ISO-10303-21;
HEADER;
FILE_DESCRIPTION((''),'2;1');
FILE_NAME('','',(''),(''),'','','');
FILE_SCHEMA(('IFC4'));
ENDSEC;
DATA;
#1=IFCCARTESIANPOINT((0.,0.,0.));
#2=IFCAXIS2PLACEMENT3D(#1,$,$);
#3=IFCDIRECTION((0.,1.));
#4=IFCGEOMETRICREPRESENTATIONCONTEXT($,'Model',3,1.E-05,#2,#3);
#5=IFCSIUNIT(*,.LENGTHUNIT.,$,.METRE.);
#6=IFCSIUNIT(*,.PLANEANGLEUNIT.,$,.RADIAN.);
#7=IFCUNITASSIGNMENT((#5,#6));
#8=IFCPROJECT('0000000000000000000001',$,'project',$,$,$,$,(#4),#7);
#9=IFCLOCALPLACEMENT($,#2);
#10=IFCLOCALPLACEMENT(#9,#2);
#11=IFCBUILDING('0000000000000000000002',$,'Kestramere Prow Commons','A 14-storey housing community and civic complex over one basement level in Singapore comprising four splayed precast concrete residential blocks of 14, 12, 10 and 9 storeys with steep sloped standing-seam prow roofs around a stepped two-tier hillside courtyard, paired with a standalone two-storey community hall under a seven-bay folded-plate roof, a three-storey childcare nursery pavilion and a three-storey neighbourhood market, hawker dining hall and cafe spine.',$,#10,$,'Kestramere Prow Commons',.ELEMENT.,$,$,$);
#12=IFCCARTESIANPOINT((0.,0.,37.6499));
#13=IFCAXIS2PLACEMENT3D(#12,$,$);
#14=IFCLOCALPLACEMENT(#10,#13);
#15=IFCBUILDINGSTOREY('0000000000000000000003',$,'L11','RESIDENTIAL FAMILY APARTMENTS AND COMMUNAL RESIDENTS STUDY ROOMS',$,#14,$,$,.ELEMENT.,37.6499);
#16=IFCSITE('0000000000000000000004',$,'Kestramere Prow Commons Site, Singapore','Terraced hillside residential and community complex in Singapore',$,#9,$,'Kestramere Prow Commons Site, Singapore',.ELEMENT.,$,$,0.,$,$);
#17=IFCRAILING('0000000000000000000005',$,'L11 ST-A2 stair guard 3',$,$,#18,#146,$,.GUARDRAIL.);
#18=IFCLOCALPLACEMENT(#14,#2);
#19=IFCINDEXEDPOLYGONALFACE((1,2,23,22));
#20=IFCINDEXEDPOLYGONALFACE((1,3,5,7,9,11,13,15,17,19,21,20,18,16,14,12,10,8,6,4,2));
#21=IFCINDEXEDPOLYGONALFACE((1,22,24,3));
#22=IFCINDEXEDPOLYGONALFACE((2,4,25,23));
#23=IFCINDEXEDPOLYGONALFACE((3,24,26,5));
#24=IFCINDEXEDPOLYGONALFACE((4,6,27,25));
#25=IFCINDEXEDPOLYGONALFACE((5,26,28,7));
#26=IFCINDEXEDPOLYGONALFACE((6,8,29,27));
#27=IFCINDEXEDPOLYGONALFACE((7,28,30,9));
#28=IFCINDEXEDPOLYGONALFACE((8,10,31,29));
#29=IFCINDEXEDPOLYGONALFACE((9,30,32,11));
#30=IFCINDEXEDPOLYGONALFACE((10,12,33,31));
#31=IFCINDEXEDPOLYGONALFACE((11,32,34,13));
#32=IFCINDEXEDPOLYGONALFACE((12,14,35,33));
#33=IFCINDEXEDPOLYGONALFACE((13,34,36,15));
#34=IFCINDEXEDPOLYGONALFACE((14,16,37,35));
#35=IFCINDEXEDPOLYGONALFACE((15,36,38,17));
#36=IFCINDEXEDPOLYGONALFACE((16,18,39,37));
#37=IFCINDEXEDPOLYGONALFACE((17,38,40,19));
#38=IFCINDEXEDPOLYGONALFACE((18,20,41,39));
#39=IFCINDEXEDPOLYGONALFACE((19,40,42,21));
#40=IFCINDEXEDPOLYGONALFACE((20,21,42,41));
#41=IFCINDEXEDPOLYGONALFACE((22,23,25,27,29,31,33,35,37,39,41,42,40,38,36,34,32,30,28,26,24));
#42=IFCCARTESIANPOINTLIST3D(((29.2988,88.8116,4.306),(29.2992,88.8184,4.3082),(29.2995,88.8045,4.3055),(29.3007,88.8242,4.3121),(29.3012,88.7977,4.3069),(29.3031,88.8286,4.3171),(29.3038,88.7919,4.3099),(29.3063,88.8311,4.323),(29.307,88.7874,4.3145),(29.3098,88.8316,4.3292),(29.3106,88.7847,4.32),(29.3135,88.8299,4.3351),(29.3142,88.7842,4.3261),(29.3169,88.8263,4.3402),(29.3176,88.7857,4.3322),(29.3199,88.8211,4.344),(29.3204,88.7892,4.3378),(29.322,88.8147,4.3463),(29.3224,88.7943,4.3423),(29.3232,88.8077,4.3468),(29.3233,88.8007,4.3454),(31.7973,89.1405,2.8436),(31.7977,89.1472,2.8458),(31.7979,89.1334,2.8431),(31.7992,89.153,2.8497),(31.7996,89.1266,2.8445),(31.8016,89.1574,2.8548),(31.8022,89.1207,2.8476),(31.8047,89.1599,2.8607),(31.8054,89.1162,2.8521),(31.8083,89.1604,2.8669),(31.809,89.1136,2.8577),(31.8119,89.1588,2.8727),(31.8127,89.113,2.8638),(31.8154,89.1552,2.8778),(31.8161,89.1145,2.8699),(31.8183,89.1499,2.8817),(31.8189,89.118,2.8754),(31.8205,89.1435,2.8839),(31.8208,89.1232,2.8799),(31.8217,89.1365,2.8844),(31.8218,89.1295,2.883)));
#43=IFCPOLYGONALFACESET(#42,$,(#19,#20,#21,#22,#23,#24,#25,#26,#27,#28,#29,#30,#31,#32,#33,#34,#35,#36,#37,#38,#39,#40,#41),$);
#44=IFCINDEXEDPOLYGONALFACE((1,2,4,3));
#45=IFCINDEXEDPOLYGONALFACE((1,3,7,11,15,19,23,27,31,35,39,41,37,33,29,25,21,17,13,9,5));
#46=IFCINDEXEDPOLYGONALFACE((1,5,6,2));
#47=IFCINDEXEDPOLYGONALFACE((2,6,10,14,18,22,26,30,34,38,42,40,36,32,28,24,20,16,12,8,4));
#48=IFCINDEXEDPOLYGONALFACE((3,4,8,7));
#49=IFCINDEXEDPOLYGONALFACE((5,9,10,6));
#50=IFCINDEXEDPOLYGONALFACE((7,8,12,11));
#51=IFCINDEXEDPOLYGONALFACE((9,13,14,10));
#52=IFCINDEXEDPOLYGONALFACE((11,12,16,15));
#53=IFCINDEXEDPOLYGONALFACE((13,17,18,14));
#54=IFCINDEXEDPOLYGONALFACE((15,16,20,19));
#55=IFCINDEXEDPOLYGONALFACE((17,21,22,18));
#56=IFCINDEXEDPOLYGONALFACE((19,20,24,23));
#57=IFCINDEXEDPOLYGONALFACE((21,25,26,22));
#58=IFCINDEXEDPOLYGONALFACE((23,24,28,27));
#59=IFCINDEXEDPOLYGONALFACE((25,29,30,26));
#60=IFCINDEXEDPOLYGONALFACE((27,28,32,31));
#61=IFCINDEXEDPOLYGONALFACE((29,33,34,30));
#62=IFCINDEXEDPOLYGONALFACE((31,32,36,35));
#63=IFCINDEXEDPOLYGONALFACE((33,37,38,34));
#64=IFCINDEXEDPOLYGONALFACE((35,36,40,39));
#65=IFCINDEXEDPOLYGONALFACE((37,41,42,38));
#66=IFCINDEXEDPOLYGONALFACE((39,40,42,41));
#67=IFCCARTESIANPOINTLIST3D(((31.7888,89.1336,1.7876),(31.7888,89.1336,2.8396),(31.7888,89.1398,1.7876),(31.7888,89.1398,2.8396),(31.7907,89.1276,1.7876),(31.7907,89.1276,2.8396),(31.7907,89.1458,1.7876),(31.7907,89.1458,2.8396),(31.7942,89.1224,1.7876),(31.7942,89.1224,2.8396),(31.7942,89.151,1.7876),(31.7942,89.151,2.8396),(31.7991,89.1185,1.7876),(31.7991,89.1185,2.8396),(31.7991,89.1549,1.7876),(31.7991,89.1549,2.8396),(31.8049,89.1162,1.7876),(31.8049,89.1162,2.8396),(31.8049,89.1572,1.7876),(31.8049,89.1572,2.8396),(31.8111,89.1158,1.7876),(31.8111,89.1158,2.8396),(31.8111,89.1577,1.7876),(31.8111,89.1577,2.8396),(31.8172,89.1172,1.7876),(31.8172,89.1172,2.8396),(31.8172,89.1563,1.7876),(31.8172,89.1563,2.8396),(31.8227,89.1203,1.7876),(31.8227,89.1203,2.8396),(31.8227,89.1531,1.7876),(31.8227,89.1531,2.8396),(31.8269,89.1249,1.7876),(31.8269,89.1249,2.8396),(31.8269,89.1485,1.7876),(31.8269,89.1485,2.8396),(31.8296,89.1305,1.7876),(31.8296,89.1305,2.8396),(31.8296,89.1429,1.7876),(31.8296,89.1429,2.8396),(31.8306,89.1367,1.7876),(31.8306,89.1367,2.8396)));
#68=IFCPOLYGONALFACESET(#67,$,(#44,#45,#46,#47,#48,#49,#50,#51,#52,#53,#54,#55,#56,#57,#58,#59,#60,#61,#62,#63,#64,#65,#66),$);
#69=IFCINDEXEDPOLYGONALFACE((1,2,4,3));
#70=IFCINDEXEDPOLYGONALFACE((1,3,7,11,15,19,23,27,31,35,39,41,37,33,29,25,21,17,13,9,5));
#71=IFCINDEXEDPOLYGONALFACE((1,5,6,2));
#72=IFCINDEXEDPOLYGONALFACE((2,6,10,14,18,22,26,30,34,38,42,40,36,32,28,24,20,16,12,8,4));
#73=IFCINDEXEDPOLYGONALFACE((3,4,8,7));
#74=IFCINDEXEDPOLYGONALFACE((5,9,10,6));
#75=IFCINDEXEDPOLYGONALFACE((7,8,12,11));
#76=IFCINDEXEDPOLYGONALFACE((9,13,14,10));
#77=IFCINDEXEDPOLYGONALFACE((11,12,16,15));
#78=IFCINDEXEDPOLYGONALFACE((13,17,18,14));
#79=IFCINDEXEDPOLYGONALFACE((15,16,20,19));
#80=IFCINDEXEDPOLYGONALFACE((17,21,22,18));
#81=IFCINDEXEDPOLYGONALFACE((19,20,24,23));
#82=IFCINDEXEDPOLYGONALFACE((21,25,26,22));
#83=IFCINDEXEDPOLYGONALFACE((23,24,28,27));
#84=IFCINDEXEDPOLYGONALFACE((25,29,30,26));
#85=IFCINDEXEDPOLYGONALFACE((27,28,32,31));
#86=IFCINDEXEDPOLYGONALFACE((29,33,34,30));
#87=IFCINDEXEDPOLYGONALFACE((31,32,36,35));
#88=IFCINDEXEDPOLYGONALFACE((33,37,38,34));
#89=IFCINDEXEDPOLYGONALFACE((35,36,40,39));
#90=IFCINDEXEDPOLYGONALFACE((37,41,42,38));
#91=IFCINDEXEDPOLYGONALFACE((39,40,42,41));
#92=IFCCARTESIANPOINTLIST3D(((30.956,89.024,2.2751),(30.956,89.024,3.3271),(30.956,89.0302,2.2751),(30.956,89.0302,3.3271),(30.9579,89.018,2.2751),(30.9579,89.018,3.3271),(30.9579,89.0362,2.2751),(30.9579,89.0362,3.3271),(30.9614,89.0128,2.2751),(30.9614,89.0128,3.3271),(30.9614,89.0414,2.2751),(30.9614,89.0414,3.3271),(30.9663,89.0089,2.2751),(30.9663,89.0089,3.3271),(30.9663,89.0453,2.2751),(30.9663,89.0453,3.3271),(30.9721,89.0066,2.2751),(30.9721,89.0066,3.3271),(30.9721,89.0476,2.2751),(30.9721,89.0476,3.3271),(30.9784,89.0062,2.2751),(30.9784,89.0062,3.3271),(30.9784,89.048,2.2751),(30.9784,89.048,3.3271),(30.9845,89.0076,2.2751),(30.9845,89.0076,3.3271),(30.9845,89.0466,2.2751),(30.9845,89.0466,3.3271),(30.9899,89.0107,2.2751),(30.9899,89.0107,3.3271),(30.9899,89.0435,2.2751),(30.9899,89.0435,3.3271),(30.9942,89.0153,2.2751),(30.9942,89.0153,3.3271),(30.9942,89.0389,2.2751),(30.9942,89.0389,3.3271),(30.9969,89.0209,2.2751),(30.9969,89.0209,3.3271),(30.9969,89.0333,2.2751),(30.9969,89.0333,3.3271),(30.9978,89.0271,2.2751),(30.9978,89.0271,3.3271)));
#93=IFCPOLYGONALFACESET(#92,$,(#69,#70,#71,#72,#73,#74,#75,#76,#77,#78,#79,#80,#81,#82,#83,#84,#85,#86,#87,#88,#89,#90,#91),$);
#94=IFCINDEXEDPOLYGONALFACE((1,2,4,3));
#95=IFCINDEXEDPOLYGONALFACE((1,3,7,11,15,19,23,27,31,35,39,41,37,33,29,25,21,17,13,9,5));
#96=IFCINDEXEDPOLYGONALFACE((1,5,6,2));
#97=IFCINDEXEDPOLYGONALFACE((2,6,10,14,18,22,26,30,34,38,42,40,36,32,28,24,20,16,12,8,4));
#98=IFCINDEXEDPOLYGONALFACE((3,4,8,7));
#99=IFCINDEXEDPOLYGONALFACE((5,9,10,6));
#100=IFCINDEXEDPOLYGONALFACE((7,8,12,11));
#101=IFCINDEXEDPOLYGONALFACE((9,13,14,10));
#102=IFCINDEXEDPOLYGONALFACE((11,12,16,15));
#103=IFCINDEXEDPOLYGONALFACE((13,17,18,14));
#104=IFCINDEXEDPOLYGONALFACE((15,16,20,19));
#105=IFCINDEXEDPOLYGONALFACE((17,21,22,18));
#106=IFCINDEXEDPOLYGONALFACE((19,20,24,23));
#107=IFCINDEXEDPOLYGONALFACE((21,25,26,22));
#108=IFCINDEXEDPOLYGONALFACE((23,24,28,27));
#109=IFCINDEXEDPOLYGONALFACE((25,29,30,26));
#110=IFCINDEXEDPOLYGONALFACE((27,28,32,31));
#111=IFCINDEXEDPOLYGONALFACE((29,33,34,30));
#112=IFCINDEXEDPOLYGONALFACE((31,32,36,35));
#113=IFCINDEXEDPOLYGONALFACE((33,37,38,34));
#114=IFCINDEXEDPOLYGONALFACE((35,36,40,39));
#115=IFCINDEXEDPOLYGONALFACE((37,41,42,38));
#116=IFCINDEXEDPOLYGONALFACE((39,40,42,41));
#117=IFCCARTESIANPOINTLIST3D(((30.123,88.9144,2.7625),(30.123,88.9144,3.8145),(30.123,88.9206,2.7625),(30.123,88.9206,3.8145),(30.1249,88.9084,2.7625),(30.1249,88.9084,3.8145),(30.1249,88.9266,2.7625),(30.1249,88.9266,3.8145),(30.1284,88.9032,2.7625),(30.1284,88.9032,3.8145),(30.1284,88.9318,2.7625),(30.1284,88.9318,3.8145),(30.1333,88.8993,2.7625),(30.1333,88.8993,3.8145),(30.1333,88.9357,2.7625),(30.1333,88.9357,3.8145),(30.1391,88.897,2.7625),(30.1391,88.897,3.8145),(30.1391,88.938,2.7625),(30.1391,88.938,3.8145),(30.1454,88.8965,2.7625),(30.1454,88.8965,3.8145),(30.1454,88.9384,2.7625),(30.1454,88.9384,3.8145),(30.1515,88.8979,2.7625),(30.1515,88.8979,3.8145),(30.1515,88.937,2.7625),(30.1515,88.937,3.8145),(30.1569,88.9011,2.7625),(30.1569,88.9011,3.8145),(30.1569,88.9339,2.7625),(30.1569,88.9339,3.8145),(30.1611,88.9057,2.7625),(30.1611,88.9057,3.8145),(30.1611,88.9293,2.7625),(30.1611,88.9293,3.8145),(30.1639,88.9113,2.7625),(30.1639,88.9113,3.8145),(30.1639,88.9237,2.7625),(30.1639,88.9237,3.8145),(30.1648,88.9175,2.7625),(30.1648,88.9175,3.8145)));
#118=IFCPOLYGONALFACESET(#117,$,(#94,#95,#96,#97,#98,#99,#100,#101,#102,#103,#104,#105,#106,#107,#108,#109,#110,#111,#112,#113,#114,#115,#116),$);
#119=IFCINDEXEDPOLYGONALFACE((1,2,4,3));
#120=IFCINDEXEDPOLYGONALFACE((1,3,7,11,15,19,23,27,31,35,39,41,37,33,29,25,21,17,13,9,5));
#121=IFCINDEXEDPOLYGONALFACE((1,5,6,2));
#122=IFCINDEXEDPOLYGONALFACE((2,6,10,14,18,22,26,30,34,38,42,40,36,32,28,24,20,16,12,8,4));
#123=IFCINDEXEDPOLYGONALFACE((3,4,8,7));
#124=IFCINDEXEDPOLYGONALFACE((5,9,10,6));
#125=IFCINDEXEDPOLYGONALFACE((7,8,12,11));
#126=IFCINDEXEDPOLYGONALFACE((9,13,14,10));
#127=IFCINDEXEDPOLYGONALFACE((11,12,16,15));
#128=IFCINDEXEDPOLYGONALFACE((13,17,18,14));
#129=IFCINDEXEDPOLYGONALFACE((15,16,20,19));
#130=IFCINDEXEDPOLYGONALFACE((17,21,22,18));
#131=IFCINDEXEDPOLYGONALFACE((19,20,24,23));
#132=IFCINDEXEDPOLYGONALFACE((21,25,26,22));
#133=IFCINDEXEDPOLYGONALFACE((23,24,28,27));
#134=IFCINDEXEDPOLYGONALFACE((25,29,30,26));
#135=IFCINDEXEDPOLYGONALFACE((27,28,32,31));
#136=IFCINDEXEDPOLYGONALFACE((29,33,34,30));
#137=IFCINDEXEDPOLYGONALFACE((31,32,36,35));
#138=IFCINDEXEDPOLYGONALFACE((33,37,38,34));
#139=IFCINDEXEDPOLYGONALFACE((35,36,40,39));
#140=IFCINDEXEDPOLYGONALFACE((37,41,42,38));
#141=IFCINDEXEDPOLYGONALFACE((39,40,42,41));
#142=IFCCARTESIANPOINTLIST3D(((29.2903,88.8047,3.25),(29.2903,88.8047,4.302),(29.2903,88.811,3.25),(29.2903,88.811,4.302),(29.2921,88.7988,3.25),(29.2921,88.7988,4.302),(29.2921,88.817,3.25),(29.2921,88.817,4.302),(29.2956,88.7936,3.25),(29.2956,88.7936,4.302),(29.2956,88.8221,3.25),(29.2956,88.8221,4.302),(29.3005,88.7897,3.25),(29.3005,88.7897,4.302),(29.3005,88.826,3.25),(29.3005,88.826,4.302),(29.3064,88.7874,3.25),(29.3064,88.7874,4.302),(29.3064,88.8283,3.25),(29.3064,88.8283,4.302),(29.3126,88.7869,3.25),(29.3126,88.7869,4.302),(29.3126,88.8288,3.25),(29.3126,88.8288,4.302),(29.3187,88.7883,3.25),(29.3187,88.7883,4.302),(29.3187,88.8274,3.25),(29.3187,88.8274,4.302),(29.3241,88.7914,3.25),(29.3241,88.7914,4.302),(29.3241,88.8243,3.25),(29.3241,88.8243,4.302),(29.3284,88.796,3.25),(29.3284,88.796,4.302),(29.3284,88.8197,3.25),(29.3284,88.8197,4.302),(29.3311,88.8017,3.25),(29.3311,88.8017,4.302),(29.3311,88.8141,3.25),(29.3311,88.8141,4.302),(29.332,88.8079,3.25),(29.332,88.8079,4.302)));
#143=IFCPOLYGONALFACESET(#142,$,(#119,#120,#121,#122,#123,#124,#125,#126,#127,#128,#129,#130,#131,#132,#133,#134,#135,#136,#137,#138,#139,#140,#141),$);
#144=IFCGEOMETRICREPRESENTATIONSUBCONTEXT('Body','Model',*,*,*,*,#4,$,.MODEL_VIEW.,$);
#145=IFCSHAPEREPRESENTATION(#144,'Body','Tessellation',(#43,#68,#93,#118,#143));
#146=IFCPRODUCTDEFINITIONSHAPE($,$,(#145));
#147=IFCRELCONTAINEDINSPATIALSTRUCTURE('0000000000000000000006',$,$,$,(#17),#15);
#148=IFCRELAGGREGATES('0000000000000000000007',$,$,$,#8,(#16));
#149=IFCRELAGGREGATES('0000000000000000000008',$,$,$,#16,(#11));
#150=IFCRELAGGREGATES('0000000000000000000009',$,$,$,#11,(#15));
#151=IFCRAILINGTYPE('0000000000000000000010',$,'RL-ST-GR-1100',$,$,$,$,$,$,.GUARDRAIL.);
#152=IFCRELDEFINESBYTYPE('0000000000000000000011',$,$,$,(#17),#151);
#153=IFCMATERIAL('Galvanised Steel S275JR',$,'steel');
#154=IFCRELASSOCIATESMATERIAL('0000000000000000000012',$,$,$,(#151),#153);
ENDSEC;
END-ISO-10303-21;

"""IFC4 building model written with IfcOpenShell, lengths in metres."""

from ifc_helpers import new_model, si_unit, direction, frame, origin, origin_2d, place, context, subcontext, project, spatial, circle, extrude, material, type_object, element, save


model = new_model("IFC4")

# Units and contexts
model_context = context("Model", 3, precision=1e-05, world=origin(), true_north=direction((0.0, 1.0)))
body_context = subcontext(model_context, "Body", "Model", "MODEL_VIEW")
ifc_project = project(units=[si_unit("LENGTHUNIT", "METRE"), si_unit("PLANEANGLEUNIT", "RADIAN")], contexts=[model_context])

# Site, building, storey
site_placement = place(None, origin())
site = spatial("IfcSite", under=ifc_project, at=site_placement, Name="Kestramere Prow Commons Site, Singapore", Description="Terraced hillside residential and community complex in Singapore", LongName="Kestramere Prow Commons Site, Singapore", CompositionType="ELEMENT", RefElevation=0.0)
building_placement = place(site_placement, origin())
building = spatial("IfcBuilding", under=site, at=building_placement, Name="Kestramere Prow Commons", Description="A 14-storey housing community and civic complex over one basement level in Singapore comprising four splayed precast concrete residential blocks of 14, 12, 10 and 9 storeys with steep sloped standing-seam prow roofs around a stepped two-tier hillside courtyard, paired with a standalone two-storey community hall under a seven-bay folded-plate roof, a three-storey childcare nursery pavilion and a three-storey neighbourhood market, hawker dining hall and cafe spine.", LongName="Kestramere Prow Commons", CompositionType="ELEMENT")
storey_placement = place(building_placement, frame((0.0, 0.0, 37.6499)))
storey = spatial("IfcBuildingStorey", under=building, at=storey_placement, Name="L11", Description="RESIDENTIAL FAMILY APARTMENTS AND COMMUNAL RESIDENTS STUDY ROOMS", CompositionType="ELEMENT", Elevation=37.6499)

# Railing
ifc_material_1 = material(Name="Galvanised Steel S275JR", Category="steel")
railing_type_1 = type_object("IfcRailingType", Name="RL-ST-GR-1100", PredefinedType="GUARDRAIL", material=ifc_material_1)
railing_1_placement = place(storey_placement, frame((31.8096, 89.1367, 1.7876)))
element("IfcRailing", 1, at=railing_1_placement, inside=storey, type_object=railing_type_1, Name="L11 ST-A2 stair guard 3", PredefinedType="GUARDRAIL", context=body_context, shape_type="SweptSolid", body=[
    extrude(circle(Radius=0.0239, at=origin_2d()), frame((0.0, 0.0, 1.0762), z_axis=(-0.857523, -0.112867, 0.501912), x_axis=(0.130495, -0.991449, 0.0)), (0.0, 0.0, 1.0), 2.9136),
    extrude(circle(Radius=0.021, at=origin_2d()), origin(), (0.0, 0.0, 1.0), 1.052),
    extrude(circle(Radius=0.021, at=origin_2d()), frame((-0.8328, -0.1096, 0.4875)), (0.0, 0.0, 1.0), 1.052),
    extrude(circle(Radius=0.021, at=origin_2d()), frame((-1.6658, -0.2192, 0.9749)), (0.0, 0.0, 1.0), 1.052),
    extrude(circle(Radius=0.021, at=origin_2d()), frame((-2.4985, -0.3289, 1.4624)), (0.0, 0.0, 1.0), 1.052),
])

save(model, "model.ifc")
